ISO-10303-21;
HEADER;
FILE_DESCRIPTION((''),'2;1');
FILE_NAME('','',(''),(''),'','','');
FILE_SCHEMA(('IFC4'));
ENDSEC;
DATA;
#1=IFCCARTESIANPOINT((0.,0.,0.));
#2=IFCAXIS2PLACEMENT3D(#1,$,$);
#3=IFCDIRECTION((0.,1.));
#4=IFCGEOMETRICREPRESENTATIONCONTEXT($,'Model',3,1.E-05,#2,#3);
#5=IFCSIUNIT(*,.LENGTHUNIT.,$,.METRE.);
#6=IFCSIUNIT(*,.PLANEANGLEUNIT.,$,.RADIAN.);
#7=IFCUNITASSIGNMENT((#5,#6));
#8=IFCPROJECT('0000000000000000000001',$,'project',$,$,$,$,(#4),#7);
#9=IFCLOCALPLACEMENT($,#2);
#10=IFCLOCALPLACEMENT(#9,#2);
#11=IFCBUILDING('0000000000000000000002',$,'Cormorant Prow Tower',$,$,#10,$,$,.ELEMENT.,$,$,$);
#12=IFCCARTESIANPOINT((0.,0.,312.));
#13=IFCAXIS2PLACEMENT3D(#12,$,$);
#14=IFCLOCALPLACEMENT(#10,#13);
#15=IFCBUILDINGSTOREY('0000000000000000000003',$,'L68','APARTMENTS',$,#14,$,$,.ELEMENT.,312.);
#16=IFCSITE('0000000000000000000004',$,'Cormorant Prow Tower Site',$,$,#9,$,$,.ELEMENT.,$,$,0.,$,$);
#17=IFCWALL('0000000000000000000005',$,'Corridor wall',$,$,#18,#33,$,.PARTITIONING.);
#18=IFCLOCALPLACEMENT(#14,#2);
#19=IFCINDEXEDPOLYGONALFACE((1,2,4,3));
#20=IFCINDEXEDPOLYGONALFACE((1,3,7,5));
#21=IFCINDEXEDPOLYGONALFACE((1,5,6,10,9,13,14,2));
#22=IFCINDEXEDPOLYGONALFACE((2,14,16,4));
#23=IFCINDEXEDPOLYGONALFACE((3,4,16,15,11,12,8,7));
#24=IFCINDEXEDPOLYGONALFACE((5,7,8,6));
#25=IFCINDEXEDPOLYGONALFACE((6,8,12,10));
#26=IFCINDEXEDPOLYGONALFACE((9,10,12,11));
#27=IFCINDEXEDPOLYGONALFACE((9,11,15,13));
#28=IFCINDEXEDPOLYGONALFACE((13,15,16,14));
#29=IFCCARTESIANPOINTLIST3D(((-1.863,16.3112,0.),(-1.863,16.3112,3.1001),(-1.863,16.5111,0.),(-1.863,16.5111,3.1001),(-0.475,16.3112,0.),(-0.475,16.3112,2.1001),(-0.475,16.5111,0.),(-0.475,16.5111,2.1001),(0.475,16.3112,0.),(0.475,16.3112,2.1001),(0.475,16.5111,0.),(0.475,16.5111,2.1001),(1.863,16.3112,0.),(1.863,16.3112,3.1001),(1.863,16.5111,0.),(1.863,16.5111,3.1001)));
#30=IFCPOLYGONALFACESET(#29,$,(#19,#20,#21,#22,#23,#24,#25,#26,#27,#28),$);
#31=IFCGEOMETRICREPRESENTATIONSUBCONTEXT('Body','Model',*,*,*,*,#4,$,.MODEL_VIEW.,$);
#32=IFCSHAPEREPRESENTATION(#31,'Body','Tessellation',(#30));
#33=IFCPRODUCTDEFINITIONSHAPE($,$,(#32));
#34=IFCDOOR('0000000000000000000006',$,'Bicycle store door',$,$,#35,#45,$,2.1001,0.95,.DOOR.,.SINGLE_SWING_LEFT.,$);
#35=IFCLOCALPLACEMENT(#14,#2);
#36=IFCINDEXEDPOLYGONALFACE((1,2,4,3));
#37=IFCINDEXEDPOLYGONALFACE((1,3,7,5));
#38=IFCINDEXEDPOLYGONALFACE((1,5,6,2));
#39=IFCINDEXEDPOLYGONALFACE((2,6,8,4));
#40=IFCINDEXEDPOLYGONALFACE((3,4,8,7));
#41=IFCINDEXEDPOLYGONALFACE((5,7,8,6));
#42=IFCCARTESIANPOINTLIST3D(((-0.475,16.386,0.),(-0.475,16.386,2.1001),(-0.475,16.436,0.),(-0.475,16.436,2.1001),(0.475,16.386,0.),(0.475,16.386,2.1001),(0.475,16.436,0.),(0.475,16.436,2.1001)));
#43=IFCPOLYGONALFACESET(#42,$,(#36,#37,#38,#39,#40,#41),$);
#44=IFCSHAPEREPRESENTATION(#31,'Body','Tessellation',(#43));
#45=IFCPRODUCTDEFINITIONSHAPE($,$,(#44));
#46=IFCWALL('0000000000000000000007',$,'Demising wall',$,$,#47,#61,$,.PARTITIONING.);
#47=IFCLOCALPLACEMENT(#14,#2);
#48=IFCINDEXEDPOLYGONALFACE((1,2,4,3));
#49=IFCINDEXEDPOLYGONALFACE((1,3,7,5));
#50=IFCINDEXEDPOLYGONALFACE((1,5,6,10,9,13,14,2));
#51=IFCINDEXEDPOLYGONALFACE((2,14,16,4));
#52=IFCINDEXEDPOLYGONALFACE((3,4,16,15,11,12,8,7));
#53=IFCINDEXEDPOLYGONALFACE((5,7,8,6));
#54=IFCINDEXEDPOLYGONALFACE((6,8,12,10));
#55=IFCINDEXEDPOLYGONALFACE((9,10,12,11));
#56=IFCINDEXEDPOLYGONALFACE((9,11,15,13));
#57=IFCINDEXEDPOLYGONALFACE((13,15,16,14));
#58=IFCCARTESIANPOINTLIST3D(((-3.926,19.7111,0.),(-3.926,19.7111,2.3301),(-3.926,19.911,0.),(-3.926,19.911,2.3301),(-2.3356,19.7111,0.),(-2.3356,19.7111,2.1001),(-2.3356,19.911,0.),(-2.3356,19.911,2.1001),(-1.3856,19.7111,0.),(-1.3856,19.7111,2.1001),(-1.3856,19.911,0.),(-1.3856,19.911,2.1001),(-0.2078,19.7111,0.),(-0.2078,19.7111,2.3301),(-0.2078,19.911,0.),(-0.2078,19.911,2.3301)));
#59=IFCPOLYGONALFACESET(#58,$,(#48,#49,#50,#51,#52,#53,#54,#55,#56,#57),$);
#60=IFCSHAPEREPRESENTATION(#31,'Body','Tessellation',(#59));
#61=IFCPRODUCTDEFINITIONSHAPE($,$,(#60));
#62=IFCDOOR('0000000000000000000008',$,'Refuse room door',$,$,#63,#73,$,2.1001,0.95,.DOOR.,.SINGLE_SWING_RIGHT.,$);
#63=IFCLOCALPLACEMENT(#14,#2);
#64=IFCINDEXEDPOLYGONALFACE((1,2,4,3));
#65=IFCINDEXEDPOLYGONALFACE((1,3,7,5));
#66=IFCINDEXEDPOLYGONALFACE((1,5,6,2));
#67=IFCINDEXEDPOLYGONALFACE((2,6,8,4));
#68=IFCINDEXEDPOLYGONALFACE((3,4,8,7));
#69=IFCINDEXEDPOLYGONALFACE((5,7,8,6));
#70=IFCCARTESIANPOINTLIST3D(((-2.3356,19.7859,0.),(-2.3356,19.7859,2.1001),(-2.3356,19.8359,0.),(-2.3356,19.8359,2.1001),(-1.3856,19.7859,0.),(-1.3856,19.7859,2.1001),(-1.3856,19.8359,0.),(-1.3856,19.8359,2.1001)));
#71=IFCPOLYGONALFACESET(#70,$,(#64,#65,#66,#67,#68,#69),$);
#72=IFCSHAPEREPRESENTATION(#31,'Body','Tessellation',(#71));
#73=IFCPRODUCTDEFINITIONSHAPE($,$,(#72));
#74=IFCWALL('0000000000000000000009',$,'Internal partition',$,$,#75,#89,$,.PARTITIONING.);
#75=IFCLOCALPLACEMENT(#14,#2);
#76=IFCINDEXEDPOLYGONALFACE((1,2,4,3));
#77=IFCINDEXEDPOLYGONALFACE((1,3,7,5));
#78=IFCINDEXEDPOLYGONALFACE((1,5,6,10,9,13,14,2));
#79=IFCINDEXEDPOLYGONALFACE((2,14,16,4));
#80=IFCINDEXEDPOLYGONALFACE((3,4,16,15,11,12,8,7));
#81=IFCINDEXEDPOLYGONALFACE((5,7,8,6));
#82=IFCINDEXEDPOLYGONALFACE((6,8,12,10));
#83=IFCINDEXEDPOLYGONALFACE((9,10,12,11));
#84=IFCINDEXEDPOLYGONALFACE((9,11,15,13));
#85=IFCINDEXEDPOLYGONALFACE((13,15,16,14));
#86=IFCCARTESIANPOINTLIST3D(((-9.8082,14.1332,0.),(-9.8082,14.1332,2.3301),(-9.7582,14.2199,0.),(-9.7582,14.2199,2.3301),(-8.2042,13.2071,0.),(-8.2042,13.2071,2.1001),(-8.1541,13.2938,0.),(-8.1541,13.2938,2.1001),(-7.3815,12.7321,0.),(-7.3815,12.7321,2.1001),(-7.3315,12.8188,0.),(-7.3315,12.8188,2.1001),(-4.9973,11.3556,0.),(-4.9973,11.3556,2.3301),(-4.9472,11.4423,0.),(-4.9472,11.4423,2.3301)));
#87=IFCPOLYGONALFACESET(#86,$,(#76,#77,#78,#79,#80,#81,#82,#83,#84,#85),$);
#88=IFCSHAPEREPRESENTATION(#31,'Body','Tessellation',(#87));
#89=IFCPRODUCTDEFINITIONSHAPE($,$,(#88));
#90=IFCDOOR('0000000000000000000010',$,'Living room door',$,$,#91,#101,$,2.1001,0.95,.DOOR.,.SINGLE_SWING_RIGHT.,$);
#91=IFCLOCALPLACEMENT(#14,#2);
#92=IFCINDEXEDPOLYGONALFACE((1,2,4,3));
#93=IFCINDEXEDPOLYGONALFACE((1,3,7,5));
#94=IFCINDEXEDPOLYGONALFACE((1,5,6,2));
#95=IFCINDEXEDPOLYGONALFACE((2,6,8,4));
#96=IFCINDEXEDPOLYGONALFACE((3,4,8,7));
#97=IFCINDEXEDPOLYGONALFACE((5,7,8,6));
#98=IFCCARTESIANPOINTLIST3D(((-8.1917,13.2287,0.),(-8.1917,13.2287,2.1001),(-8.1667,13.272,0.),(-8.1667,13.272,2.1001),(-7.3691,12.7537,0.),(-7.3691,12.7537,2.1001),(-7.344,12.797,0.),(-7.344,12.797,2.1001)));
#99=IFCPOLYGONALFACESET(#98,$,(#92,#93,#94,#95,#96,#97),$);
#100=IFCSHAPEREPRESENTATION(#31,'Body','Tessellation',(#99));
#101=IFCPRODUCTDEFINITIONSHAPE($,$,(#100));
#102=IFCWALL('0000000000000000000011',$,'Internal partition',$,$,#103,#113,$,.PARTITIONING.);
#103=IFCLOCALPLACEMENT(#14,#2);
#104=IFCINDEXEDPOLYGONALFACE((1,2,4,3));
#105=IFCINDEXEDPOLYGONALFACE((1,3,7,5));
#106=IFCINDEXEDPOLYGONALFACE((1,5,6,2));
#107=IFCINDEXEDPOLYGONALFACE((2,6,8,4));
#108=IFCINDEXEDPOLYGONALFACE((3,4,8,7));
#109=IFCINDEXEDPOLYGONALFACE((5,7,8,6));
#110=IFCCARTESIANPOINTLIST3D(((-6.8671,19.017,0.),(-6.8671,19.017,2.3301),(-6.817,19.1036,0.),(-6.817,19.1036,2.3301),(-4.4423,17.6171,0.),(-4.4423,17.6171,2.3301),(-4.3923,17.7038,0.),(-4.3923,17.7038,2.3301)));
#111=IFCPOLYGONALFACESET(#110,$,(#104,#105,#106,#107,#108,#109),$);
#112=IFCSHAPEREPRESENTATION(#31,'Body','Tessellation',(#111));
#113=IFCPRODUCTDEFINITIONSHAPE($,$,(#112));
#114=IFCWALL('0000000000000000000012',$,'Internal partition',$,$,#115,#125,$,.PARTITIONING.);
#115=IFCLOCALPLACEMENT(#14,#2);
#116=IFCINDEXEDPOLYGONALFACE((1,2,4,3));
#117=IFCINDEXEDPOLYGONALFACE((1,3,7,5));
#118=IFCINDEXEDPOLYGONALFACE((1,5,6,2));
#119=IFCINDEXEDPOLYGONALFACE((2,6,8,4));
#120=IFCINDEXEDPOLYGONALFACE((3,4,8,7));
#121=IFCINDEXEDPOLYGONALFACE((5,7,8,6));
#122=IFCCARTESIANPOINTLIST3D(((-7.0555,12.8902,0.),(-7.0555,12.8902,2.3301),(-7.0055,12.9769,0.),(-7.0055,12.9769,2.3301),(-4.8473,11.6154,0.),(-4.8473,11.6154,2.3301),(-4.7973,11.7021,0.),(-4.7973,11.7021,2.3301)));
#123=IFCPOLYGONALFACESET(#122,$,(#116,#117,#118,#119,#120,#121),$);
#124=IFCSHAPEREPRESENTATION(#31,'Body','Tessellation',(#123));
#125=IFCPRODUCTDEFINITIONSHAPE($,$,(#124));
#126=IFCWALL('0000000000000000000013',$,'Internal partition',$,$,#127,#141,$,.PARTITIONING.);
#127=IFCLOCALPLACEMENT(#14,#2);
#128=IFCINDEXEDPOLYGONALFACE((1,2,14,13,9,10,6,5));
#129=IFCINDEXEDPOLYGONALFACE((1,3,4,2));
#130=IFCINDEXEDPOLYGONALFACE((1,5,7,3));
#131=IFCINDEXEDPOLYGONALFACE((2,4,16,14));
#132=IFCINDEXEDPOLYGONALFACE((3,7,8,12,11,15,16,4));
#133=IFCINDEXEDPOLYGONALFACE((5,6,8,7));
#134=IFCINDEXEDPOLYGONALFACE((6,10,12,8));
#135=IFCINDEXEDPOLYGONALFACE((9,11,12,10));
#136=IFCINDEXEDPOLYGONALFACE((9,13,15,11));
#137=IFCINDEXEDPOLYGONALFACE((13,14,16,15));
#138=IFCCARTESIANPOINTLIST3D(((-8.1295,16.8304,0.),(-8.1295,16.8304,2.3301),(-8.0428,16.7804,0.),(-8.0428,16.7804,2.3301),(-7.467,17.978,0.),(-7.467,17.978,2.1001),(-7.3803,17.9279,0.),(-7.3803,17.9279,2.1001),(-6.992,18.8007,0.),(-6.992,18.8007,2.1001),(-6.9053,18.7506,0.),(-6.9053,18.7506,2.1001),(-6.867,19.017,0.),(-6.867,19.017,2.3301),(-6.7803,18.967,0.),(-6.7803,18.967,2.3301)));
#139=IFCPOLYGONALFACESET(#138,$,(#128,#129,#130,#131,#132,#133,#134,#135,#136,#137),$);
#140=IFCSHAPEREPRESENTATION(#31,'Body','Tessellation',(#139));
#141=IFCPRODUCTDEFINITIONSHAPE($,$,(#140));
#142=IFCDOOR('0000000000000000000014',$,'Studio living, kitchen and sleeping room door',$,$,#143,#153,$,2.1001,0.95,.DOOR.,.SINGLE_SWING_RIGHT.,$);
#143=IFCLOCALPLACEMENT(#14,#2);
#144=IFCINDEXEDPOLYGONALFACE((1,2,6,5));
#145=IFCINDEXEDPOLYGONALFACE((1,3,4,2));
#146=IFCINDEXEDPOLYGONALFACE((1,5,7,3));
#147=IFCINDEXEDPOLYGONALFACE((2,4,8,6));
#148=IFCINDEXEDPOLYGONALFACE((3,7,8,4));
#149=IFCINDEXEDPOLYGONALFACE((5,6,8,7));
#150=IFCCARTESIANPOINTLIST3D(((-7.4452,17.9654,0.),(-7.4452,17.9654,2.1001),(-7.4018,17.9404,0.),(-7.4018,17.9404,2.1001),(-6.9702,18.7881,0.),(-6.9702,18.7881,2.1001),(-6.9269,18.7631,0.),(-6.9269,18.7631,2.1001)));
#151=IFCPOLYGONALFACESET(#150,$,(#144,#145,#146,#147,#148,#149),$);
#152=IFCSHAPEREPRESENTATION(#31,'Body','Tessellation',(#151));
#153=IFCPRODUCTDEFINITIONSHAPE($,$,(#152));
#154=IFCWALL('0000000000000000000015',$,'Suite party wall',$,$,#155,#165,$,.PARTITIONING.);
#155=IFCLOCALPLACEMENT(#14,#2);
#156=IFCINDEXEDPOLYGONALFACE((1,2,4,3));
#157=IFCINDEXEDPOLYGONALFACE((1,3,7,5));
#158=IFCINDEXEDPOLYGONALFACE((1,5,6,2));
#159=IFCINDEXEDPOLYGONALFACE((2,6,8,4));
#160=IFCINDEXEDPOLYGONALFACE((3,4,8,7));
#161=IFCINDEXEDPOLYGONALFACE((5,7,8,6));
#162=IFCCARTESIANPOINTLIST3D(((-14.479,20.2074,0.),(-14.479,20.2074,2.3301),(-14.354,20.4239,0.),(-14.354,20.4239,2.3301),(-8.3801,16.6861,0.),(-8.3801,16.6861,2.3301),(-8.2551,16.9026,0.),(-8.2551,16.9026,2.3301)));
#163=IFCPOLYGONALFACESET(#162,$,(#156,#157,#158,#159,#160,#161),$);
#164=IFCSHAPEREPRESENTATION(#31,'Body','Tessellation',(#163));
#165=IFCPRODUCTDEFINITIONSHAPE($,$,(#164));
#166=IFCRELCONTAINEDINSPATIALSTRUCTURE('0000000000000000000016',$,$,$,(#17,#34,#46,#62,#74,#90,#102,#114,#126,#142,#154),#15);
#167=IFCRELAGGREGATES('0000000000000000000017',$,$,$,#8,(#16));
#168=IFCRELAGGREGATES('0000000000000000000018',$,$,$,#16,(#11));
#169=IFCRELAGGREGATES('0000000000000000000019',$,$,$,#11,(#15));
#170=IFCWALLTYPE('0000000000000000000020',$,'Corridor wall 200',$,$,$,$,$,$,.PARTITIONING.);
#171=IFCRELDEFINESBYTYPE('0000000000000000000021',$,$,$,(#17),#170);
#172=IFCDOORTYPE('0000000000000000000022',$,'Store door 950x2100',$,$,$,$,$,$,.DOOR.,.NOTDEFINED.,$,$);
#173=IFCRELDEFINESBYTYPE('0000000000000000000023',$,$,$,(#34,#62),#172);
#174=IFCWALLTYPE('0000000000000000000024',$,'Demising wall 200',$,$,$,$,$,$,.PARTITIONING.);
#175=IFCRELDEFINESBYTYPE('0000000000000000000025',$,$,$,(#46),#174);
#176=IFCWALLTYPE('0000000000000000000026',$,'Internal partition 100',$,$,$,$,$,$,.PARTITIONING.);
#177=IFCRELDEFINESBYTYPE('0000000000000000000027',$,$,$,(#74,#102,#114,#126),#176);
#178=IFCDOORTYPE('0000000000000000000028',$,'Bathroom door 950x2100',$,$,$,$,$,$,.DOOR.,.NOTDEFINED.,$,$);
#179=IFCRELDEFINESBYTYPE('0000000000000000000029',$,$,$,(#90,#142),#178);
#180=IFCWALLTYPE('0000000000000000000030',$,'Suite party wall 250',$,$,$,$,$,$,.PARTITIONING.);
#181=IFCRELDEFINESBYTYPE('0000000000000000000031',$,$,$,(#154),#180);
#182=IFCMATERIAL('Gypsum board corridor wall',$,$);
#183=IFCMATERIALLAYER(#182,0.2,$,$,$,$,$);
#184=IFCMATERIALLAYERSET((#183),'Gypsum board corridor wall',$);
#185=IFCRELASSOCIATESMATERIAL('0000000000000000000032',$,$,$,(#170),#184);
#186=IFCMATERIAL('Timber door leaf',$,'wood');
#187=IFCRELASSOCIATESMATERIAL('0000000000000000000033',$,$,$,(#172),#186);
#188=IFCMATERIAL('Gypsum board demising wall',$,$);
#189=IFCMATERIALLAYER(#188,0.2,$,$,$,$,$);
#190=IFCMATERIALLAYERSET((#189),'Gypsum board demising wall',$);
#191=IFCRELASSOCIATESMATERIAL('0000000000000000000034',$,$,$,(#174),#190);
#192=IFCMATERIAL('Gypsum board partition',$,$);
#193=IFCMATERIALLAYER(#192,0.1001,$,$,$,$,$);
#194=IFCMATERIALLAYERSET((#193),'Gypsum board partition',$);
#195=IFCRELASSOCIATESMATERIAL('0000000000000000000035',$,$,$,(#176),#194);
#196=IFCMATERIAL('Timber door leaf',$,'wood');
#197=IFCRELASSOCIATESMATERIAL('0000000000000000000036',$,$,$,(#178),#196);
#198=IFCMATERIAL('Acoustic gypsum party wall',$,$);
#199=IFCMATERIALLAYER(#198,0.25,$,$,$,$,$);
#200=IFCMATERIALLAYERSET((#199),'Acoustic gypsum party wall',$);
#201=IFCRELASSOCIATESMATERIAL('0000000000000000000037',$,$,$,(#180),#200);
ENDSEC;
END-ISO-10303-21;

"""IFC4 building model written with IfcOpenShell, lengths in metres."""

from ifc_helpers import new_model, si_unit, direction, frame, frame_2d, origin, place, context, subcontext, project, spatial, rectangle, extrude, material, layer, layer_set, type_object, element, fill, save


model = new_model("IFC4")

# Units and contexts
model_context = context("Model", 3, precision=1e-05, world=origin(), true_north=direction((0.0, 1.0)))
body_context = subcontext(model_context, "Body", "Model", "MODEL_VIEW")
ifc_project = project(units=[si_unit("LENGTHUNIT", "METRE"), si_unit("PLANEANGLEUNIT", "RADIAN")], contexts=[model_context])

# Site, building, storey
site_placement = place(None, origin())
site = spatial("IfcSite", under=ifc_project, at=site_placement, Name="Cormorant Prow Tower Site", CompositionType="ELEMENT", RefElevation=0.0)
building_placement = place(site_placement, origin())
building = spatial("IfcBuilding", under=site, at=building_placement, Name="Cormorant Prow Tower", CompositionType="ELEMENT")
storey_placement = place(building_placement, frame((0.0, 0.0, 312.0)))
storey = spatial("IfcBuildingStorey", under=building, at=storey_placement, Name="L68", Description="APARTMENTS", CompositionType="ELEMENT", Elevation=312.0)

# Walls, openings, doors
ifc_material_1 = material(Name="Gypsum board corridor wall")
ifc_layer_1 = layer(ifc_material_1, 0.2)
ifc_layer_set_1 = layer_set([ifc_layer_1], Name="Gypsum board corridor wall")
wall_type_1 = type_object("IfcWallType", Name="Corridor wall 200", PredefinedType="PARTITIONING", material=ifc_layer_set_1)
wall_1_placement = place(storey_placement, frame((-1.863, 16.4111, 0.0), z_axis=(0.0, 0.0, 1.0), x_axis=(1.0, 0.0, 0.0)))
wall_1 = element("IfcWall", 1, at=wall_1_placement, inside=storey, type_object=wall_type_1, Name="Corridor wall", PredefinedType="PARTITIONING", context=body_context, shape_type="SweptSolid", body=[
    extrude(rectangle(XDim=3.7261, YDim=0.2, at=frame_2d((1.863, 0.0))), origin(), (0.0, 0.0, 1.0), 3.1001),
])
opening_1_placement = place(wall_1_placement, frame((1.3879, 0.0, 0.0)))
opening_1 = element("IfcOpeningElement", 2, at=opening_1_placement, cuts=wall_1, PredefinedType="OPENING", context=body_context, shape_type="SweptSolid", body=[
    extrude(rectangle(XDim=0.95, YDim=2.1001, at=frame_2d((0.4751, 1.05))), frame((0.0, 0.1099, 0.0), z_axis=(0.0, -1.0, 0.0), x_axis=(1.0, 0.0, 0.0)), (0.0, 0.0, 1.0), 0.22),
])
ifc_material_2 = material(Name="Timber door leaf", Category="wood")
door_type_1 = type_object("IfcDoorType", Name="Store door 950x2100", OperationType="NOTDEFINED", PredefinedType="DOOR", material=ifc_material_2)
door_1_placement = place(opening_1_placement, origin())
door_1 = element("IfcDoor", 3, at=door_1_placement, inside=storey, type_object=door_type_1, Name="Bicycle store door", OperationType="SINGLE_SWING_LEFT", OverallHeight=2.1001, OverallWidth=0.95, PredefinedType="DOOR", context=body_context, shape_type="SweptSolid", body=[
    extrude(rectangle(XDim=0.95, YDim=2.1001, at=frame_2d((0.4751, 1.05))), frame((0.0, 0.0249, 0.0), z_axis=(0.0, -1.0, 0.0), x_axis=(1.0, 0.0, 0.0)), (0.0, 0.0, 1.0), 0.05),
])
fill(opening_1, door_1)
ifc_material_3 = material(Name="Gypsum board demising wall")
ifc_layer_2 = layer(ifc_material_3, 0.2)
ifc_layer_set_2 = layer_set([ifc_layer_2], Name="Gypsum board demising wall")
wall_type_2 = type_object("IfcWallType", Name="Demising wall 200", PredefinedType="PARTITIONING", material=ifc_layer_set_2)
wall_2_placement = place(storey_placement, frame((-3.926, 19.811, 0.0), z_axis=(0.0, 0.0, 1.0), x_axis=(1.0, 0.0, 0.0)))
wall_2 = element("IfcWall", 4, at=wall_2_placement, inside=storey, type_object=wall_type_2, Name="Demising wall", PredefinedType="PARTITIONING", context=body_context, shape_type="SweptSolid", body=[
    extrude(rectangle(XDim=3.7183, YDim=0.2, at=frame_2d((1.8591, 0.0))), origin(), (0.0, 0.0, 1.0), 2.3301),
])
opening_2_placement = place(wall_2_placement, frame((1.5903, 0.0, 0.0)))
opening_2 = element("IfcOpeningElement", 5, at=opening_2_placement, cuts=wall_2, PredefinedType="OPENING", context=body_context, shape_type="SweptSolid", body=[
    extrude(rectangle(XDim=0.95, YDim=2.1001, at=frame_2d((0.4751, 1.05))), frame((0.0, 0.1099, 0.0), z_axis=(0.0, -1.0, 0.0), x_axis=(1.0, 0.0, 0.0)), (0.0, 0.0, 1.0), 0.22),
])
door_2_placement = place(opening_2_placement, origin())
door_2 = element("IfcDoor", 6, at=door_2_placement, inside=storey, type_object=door_type_1, Name="Refuse room door", OperationType="SINGLE_SWING_RIGHT", OverallHeight=2.1001, OverallWidth=0.95, PredefinedType="DOOR", context=body_context, shape_type="SweptSolid", body=[
    extrude(rectangle(XDim=0.95, YDim=2.1001, at=frame_2d((0.4751, 1.05))), frame((0.0, 0.0249, 0.0), z_axis=(0.0, -1.0, 0.0), x_axis=(1.0, 0.0, 0.0)), (0.0, 0.0, 1.0), 0.05),
])
fill(opening_2, door_2)
ifc_material_4 = material(Name="Gypsum board partition")
ifc_layer_3 = layer(ifc_material_4, 0.1001)
ifc_layer_set_3 = layer_set([ifc_layer_3], Name="Gypsum board partition")
wall_type_3 = type_object("IfcWallType", Name="Internal partition 100", PredefinedType="PARTITIONING", material=ifc_layer_set_3)
wall_3_placement = place(storey_placement, frame((-9.7832, 14.1765, 0.0), z_axis=(0.0, 0.0, 1.0), x_axis=(0.86603, -0.499991, 0.0)))
wall_3 = element("IfcWall", 7, at=wall_3_placement, inside=storey, type_object=wall_type_3, Name="Internal partition", PredefinedType="PARTITIONING", context=body_context, shape_type="SweptSolid", body=[
    extrude(rectangle(XDim=5.5552, YDim=0.1001, at=frame_2d((2.7776, 0.0))), origin(), (0.0, 0.0, 1.0), 2.3301),
])
opening_3_placement = place(wall_3_placement, frame((1.8521, 0.0, 0.0)))
opening_3 = element("IfcOpeningElement", 8, at=opening_3_placement, cuts=wall_3, PredefinedType="OPENING", context=body_context, shape_type="SweptSolid", body=[
    extrude(rectangle(XDim=0.95, YDim=2.1001, at=frame_2d((0.4751, 1.05))), frame((0.0, 0.0601, 0.0), z_axis=(0.0, -1.0, 0.0), x_axis=(1.0, 0.0, 0.0)), (0.0, 0.0, 1.0), 0.1201),
])
ifc_material_5 = material(Name="Timber door leaf", Category="wood")
door_type_2 = type_object("IfcDoorType", Name="Bathroom door 950x2100", OperationType="NOTDEFINED", PredefinedType="DOOR", material=ifc_material_5)
door_3_placement = place(opening_3_placement, origin())
door_3 = element("IfcDoor", 9, at=door_3_placement, inside=storey, type_object=door_type_2, Name="Living room door", OperationType="SINGLE_SWING_RIGHT", OverallHeight=2.1001, OverallWidth=0.95, PredefinedType="DOOR", context=body_context, shape_type="SweptSolid", body=[
    extrude(rectangle(XDim=0.95, YDim=2.1001, at=frame_2d((0.4751, 1.05))), frame((0.0, 0.0249, 0.0), z_axis=(0.0, -1.0, 0.0), x_axis=(1.0, 0.0, 0.0)), (0.0, 0.0, 1.0), 0.05),
])
fill(opening_3, door_3)

# Walls
wall_4_placement = place(storey_placement, frame((-6.842, 19.0603, 0.0), z_axis=(0.0, 0.0, 1.0), x_axis=(0.866035, -0.499984, 0.0)))
element("IfcWall", 10, at=wall_4_placement, inside=storey, type_object=wall_type_3, Name="Internal partition", PredefinedType="PARTITIONING", context=body_context, shape_type="SweptSolid", body=[
    extrude(rectangle(XDim=2.7998, YDim=0.1001, at=frame_2d((1.3999, 0.0))), origin(), (0.0, 0.0, 1.0), 2.3301),
])
wall_5_placement = place(storey_placement, frame((-7.0305, 12.9336, 0.0), z_axis=(0.0, 0.0, 1.0), x_axis=(0.866031, -0.49999, 0.0)))
element("IfcWall", 11, at=wall_5_placement, inside=storey, type_object=wall_type_3, Name="Internal partition", PredefinedType="PARTITIONING", context=body_context, shape_type="SweptSolid", body=[
    extrude(rectangle(XDim=2.5498, YDim=0.1001, at=frame_2d((1.2749, 0.0))), origin(), (0.0, 0.0, 1.0), 2.3301),
])

# Wall, opening, door
wall_6_placement = place(storey_placement, frame((-8.0862, 16.8054, 0.0), z_axis=(0.0, 0.0, 1.0), x_axis=(0.500018, 0.866015, 0.0)))
wall_6 = element("IfcWall", 12, at=wall_6_placement, inside=storey, type_object=wall_type_3, Name="Internal partition", PredefinedType="PARTITIONING", context=body_context, shape_type="SweptSolid", body=[
    extrude(rectangle(XDim=2.5249, YDim=0.1001, at=frame_2d((1.2625, 0.0))), origin(), (0.0, 0.0, 1.0), 2.3301),
])
opening_4_placement = place(wall_6_placement, frame((1.325, 0.0, 0.0)))
opening_4 = element("IfcOpeningElement", 13, at=opening_4_placement, cuts=wall_6, PredefinedType="OPENING", context=body_context, shape_type="SweptSolid", body=[
    extrude(rectangle(XDim=0.95, YDim=2.1001, at=frame_2d((0.4751, 1.05))), frame((0.0, 0.0601, 0.0), z_axis=(0.0, -1.0, 0.0), x_axis=(1.0, 0.0, 0.0)), (0.0, 0.0, 1.0), 0.1201),
])
door_4_placement = place(opening_4_placement, origin())
door_4 = element("IfcDoor", 14, at=door_4_placement, inside=storey, type_object=door_type_2, Name="Studio living, kitchen and sleeping room door", OperationType="SINGLE_SWING_RIGHT", OverallHeight=2.1001, OverallWidth=0.95, PredefinedType="DOOR", context=body_context, shape_type="SweptSolid", body=[
    extrude(rectangle(XDim=0.95, YDim=2.1001, at=frame_2d((0.4751, 1.05))), frame((0.0, 0.0249, 0.0), z_axis=(0.0, -1.0, 0.0), x_axis=(1.0, 0.0, 0.0)), (0.0, 0.0, 1.0), 0.05),
])
fill(opening_4, door_4)

# Wall
ifc_material_6 = material(Name="Acoustic gypsum party wall")
ifc_layer_4 = layer(ifc_material_6, 0.25)
ifc_layer_set_4 = layer_set([ifc_layer_4], Name="Acoustic gypsum party wall")
wall_type_4 = type_object("IfcWallType", Name="Suite party wall 250", PredefinedType="PARTITIONING", material=ifc_layer_set_4)
wall_7_placement = place(storey_placement, frame((-14.4165, 20.3157, 0.0), z_axis=(0.0, 0.0, 1.0), x_axis=(0.866022, -0.500006, 0.0)))
element("IfcWall", 15, at=wall_7_placement, inside=storey, type_object=wall_type_4, Name="Suite party wall", PredefinedType="PARTITIONING", context=body_context, shape_type="SweptSolid", body=[
    extrude(rectangle(XDim=7.0425, YDim=0.25, at=frame_2d((3.5212, 0.0))), origin(), (0.0, 0.0, 1.0), 2.3301),
])

save(model, "model.ifc")
